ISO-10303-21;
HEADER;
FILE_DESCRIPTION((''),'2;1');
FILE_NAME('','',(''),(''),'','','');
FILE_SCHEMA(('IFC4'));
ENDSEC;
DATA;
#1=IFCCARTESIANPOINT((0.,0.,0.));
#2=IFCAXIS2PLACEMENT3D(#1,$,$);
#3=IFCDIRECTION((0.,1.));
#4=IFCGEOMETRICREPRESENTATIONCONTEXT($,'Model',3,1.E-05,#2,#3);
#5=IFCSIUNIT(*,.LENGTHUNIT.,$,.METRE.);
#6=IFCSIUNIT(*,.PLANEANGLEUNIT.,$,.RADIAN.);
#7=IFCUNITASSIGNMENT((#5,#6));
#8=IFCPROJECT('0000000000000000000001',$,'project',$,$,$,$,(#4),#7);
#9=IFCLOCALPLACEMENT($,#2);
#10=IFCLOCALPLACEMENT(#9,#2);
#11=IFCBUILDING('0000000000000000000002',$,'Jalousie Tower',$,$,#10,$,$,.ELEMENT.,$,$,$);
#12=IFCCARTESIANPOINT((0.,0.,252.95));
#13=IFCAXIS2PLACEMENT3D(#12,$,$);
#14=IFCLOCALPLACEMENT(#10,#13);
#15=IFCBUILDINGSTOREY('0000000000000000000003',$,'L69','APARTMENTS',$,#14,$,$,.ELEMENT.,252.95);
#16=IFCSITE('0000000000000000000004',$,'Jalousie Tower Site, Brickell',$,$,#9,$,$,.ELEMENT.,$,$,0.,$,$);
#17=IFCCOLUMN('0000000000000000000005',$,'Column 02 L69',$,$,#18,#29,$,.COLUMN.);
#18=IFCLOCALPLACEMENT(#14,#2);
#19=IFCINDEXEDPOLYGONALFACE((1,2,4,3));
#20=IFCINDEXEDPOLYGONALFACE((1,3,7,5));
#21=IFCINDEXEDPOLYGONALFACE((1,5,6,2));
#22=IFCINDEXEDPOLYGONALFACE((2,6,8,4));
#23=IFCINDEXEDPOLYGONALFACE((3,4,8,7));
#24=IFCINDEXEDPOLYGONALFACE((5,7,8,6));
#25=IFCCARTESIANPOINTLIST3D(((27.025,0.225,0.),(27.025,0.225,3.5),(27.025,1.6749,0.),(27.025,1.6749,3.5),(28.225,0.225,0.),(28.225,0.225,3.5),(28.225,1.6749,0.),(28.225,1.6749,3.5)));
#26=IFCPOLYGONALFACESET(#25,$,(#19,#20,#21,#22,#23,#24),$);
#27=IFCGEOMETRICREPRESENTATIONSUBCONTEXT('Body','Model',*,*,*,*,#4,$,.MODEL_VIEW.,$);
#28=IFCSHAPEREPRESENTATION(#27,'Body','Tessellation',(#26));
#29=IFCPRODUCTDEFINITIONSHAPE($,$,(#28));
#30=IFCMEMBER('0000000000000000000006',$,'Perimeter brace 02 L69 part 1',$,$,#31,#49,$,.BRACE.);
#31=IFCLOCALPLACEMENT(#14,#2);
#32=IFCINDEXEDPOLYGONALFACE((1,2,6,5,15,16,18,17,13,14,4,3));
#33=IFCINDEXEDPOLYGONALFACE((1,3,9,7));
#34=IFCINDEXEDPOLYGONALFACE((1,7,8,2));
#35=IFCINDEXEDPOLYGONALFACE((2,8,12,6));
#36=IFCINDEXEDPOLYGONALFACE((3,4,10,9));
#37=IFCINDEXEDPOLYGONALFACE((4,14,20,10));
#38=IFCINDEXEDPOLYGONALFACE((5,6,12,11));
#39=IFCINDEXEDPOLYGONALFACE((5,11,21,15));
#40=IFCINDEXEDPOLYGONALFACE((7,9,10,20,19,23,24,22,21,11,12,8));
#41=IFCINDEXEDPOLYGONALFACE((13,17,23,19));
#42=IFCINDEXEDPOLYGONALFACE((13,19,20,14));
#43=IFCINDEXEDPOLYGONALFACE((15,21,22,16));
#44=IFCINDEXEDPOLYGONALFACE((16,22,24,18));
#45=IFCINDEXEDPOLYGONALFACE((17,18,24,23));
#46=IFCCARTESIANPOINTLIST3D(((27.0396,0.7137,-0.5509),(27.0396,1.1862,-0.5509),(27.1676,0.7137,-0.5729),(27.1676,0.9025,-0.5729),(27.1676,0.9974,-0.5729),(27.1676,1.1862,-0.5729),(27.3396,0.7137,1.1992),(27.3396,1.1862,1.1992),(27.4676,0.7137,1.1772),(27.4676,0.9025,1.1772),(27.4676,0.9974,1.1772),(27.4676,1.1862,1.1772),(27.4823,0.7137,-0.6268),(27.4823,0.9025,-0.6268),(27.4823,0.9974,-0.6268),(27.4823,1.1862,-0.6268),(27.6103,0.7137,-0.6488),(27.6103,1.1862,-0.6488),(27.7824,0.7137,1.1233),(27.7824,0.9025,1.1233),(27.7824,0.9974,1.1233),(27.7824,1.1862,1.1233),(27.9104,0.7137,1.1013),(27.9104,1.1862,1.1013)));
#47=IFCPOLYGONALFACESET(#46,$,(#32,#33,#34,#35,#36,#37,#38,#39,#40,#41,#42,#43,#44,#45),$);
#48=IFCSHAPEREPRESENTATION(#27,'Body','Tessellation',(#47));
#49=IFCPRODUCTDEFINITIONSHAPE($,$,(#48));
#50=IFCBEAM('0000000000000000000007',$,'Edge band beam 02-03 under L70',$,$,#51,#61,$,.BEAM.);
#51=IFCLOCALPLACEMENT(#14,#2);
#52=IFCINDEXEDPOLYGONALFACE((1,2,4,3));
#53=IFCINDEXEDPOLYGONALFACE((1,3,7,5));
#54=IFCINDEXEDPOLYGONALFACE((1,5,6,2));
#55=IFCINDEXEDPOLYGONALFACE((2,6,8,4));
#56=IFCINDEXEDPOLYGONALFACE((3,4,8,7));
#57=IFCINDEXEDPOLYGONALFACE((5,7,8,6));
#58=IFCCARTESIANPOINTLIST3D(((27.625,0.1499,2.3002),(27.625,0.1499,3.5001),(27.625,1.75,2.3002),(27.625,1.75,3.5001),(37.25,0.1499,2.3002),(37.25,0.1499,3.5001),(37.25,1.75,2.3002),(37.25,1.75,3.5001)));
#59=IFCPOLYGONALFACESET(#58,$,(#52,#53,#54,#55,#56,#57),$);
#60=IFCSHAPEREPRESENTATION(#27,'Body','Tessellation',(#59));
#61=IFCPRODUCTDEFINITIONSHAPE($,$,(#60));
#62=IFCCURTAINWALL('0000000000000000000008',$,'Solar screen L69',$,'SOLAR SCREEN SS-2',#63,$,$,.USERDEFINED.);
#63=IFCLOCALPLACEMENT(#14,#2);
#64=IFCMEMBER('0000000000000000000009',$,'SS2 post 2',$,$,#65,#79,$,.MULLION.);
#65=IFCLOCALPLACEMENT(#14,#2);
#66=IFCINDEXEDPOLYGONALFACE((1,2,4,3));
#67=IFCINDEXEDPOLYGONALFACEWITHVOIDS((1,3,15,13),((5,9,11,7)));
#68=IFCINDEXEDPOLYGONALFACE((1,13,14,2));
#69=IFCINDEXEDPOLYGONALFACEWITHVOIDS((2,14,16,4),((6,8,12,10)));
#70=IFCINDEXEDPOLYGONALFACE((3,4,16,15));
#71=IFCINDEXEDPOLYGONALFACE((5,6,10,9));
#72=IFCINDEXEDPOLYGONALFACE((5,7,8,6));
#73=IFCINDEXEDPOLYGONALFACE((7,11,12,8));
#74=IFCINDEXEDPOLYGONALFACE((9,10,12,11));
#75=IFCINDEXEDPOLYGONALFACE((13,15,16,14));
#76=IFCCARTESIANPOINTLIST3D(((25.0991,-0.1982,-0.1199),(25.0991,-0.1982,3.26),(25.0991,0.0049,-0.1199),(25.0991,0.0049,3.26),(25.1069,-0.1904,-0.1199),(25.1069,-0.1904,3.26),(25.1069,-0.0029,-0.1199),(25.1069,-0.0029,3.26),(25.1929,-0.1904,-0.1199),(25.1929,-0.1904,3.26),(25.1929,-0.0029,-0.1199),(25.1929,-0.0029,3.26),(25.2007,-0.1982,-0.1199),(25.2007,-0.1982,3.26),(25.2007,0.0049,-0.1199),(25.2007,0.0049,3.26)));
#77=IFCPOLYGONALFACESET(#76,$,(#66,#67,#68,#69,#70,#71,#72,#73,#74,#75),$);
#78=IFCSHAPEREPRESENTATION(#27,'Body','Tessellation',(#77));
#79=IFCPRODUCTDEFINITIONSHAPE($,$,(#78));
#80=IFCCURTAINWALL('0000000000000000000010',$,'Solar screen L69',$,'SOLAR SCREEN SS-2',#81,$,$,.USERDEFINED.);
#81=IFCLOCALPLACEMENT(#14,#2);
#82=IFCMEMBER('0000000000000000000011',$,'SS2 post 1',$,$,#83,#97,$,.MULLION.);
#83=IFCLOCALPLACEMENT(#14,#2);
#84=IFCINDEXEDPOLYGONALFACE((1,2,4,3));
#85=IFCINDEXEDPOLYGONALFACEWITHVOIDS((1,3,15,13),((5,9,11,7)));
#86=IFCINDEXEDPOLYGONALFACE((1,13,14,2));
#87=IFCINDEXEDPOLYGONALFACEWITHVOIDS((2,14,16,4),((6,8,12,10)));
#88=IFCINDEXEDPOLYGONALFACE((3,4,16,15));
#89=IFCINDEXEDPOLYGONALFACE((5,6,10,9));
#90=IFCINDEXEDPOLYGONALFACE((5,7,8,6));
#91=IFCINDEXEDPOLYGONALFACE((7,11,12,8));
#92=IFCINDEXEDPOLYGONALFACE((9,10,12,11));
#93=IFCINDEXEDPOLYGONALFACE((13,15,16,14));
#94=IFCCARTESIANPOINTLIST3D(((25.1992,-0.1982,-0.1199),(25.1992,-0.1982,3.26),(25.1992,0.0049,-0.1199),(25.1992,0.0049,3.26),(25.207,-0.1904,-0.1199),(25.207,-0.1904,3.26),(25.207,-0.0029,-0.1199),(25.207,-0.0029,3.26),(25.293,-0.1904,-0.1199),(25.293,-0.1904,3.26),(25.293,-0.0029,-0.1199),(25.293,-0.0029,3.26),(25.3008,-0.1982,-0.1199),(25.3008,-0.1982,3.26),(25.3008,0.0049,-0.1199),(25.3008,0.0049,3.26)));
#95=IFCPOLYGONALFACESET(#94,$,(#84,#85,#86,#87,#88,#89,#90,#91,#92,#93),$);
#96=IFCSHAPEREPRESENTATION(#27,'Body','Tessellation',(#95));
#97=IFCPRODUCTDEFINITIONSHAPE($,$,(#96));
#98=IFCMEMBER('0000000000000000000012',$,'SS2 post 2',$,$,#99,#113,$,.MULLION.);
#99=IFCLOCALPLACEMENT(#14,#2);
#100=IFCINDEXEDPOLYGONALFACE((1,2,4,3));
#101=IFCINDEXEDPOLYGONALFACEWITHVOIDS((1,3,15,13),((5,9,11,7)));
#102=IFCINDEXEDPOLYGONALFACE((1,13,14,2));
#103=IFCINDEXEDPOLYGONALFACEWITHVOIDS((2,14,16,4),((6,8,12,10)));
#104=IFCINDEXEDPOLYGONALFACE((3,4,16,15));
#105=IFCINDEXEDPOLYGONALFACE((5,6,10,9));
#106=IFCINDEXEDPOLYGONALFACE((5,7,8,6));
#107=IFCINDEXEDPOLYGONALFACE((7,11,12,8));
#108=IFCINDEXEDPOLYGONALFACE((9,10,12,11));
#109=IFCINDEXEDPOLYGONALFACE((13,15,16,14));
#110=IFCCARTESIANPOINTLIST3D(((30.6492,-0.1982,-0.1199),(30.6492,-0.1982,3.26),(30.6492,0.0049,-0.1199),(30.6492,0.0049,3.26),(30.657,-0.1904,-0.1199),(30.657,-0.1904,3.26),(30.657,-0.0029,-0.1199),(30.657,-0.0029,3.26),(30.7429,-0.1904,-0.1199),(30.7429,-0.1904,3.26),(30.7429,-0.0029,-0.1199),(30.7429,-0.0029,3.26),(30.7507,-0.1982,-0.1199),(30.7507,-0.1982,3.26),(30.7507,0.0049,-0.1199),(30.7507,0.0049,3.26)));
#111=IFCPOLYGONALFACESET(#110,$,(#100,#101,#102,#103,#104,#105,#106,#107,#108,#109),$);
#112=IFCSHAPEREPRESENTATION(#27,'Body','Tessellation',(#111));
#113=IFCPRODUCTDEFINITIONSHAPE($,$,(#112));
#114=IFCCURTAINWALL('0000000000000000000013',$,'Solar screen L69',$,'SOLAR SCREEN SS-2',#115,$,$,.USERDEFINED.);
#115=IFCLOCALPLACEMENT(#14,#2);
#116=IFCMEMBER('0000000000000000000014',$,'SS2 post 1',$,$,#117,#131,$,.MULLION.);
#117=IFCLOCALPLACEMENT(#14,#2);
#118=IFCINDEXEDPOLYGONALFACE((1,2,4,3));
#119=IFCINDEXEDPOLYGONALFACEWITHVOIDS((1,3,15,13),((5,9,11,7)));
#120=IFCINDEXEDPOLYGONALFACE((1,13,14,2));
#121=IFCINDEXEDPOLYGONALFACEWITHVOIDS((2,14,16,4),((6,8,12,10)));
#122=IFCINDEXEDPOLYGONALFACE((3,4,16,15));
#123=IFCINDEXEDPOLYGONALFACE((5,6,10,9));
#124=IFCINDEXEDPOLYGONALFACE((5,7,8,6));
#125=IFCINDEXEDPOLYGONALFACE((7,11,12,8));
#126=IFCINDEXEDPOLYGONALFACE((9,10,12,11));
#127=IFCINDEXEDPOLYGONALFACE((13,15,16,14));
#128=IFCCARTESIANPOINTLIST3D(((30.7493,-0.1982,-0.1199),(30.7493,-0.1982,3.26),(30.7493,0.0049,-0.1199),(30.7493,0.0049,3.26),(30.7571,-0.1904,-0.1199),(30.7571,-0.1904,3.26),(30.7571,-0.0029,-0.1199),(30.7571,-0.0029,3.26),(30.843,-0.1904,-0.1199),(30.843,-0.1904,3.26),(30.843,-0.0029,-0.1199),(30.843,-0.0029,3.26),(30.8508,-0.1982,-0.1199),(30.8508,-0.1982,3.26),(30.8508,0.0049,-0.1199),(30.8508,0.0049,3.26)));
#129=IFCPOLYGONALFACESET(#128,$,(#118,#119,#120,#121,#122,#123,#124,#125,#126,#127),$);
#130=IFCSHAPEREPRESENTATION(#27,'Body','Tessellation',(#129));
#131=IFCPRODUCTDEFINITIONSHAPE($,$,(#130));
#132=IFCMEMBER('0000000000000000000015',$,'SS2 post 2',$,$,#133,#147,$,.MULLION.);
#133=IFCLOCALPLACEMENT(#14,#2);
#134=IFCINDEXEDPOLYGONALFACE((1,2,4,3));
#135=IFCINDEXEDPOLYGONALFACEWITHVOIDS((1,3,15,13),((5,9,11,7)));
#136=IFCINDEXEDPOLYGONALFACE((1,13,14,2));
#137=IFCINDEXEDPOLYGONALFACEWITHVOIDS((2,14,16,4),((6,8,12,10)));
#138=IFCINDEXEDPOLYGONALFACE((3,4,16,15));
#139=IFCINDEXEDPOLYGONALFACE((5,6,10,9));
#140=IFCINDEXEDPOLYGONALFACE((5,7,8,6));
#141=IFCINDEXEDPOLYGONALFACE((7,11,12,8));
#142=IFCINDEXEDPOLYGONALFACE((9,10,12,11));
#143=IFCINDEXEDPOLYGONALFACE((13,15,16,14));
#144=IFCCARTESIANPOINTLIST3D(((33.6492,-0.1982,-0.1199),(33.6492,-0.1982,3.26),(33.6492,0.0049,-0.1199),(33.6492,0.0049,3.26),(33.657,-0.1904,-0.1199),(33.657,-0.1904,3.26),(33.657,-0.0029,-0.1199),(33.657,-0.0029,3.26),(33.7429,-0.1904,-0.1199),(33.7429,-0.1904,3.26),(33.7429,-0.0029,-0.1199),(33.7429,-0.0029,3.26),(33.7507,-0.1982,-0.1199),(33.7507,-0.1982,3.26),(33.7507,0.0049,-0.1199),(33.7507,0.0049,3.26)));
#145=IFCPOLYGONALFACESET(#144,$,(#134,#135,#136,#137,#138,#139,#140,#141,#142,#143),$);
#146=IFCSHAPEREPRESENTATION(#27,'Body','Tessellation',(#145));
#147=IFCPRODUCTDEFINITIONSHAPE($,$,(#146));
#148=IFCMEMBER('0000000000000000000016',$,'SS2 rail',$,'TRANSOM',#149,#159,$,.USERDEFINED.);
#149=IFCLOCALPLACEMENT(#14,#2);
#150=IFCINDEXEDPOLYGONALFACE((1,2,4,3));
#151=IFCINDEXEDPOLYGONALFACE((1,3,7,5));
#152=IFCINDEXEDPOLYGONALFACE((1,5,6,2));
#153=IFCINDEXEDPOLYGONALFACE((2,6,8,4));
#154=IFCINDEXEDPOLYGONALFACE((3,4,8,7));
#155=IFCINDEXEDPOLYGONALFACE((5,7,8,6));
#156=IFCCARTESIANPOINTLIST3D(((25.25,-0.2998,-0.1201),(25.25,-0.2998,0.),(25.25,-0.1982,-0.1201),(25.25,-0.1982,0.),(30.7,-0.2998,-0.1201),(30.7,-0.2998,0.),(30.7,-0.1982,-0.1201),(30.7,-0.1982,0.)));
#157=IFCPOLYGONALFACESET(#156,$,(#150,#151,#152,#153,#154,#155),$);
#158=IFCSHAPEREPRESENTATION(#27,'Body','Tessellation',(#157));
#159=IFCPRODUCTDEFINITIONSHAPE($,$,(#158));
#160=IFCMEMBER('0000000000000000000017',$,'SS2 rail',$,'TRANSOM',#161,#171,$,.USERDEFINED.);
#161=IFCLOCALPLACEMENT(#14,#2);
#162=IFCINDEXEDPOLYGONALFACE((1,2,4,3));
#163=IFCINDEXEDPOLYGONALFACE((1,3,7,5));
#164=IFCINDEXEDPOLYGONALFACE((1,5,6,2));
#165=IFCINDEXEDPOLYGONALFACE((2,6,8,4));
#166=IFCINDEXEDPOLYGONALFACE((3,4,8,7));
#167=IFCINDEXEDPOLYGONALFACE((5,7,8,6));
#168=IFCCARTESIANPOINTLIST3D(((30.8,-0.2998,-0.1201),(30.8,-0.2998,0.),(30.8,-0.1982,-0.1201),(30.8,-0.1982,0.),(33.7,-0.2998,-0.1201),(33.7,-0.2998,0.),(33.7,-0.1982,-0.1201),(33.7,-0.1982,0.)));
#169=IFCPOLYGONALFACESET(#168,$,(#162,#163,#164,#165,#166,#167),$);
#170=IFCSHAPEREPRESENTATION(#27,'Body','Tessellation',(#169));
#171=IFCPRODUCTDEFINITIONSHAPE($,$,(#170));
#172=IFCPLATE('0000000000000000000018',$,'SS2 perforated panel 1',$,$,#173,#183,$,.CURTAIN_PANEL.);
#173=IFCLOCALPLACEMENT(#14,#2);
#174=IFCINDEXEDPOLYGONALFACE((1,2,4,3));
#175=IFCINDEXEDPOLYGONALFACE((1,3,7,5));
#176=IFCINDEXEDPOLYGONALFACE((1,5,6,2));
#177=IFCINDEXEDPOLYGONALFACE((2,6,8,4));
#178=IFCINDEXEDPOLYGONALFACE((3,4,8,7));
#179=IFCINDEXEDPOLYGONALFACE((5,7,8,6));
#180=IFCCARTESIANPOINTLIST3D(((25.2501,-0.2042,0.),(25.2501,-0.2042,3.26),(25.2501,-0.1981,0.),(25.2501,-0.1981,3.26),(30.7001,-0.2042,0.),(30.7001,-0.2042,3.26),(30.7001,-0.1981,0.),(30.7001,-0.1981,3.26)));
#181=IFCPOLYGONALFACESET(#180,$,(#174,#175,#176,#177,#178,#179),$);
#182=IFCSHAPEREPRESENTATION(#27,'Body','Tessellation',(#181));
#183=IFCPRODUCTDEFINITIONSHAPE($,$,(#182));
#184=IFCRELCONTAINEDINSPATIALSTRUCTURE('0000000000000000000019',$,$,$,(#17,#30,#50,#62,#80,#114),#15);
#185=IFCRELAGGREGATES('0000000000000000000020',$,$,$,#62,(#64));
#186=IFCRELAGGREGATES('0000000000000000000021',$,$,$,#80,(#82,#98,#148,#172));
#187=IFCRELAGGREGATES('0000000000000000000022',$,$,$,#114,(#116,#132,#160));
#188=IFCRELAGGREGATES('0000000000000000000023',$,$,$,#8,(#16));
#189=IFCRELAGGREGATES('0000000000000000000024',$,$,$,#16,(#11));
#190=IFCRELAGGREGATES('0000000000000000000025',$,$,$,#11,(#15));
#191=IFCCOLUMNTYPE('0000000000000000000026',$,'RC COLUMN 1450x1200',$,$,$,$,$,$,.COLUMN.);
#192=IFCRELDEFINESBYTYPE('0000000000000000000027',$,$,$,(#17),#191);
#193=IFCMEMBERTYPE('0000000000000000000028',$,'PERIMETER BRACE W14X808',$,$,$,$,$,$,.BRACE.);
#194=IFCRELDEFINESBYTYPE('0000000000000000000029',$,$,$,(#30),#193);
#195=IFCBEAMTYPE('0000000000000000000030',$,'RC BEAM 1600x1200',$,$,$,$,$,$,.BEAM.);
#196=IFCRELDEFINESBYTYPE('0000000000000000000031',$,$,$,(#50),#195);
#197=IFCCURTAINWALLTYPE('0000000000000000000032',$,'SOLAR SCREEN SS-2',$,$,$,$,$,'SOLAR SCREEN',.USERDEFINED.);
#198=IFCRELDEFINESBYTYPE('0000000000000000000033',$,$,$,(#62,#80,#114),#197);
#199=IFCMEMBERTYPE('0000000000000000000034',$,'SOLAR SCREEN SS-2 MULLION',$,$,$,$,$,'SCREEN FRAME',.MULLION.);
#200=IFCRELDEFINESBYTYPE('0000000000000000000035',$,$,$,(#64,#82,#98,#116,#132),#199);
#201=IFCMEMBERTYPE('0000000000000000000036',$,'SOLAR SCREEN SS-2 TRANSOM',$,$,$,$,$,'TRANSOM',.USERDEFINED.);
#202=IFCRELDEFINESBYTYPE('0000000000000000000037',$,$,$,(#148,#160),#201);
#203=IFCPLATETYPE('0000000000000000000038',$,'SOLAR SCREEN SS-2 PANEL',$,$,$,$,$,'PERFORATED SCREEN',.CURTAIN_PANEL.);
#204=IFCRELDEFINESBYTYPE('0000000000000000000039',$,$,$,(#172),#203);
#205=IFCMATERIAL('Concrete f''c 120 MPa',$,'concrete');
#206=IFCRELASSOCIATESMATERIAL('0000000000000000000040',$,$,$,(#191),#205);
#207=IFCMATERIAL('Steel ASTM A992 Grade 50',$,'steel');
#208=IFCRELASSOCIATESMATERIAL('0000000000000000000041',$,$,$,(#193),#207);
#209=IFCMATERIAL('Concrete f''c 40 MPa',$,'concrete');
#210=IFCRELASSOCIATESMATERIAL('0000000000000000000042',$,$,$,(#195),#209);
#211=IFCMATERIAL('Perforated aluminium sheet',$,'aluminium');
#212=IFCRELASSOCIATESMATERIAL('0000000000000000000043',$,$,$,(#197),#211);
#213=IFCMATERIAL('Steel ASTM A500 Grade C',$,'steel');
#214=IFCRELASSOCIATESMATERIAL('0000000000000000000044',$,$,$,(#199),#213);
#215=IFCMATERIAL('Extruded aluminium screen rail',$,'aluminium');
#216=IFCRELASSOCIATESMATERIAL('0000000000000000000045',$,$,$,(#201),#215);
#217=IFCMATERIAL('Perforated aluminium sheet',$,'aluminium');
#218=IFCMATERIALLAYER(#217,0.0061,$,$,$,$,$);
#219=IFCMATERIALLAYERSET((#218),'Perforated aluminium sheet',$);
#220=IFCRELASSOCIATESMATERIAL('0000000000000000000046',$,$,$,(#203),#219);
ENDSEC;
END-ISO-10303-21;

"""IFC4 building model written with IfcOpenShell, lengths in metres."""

from ifc_helpers import new_model, si_unit, direction, frame, origin, origin_2d, place, context, subcontext, project, spatial, rectangle, hollow_rectangle, i_section, extrude, material, layer, layer_set, material_profile, profile_set, type_object, element, aggregate, save


model = new_model("IFC4")

# Units and contexts
model_context = context("Model", 3, precision=1e-05, world=origin(), true_north=direction((0.0, 1.0)))
body_context = subcontext(model_context, "Body", "Model", "MODEL_VIEW")
ifc_project = project(units=[si_unit("LENGTHUNIT", "METRE"), si_unit("PLANEANGLEUNIT", "RADIAN")], contexts=[model_context])

# Site, building, storey
site_placement = place(None, origin())
site = spatial("IfcSite", under=ifc_project, at=site_placement, Name="Jalousie Tower Site, Brickell", CompositionType="ELEMENT", RefElevation=0.0)
building_placement = place(site_placement, origin())
building = spatial("IfcBuilding", under=site, at=building_placement, Name="Jalousie Tower", CompositionType="ELEMENT")
storey_placement = place(building_placement, frame((0.0, 0.0, 252.95)))
storey = spatial("IfcBuildingStorey", under=building, at=storey_placement, Name="L69", Description="APARTMENTS", CompositionType="ELEMENT", Elevation=252.95)

# Column
ifc_material_1 = material(Name="Concrete f'c 120 MPa", Category="concrete")
ifc_material_profile_1 = material_profile(ifc_material_1, rectangle(XDim=1.45, YDim=1.2, at=origin_2d()), Name="RC 1450x1200")
ifc_profile_set_1 = profile_set([ifc_material_profile_1], Name="Concrete f'c 120 MPa")
column_type = type_object("IfcColumnType", Name="RC COLUMN 1450x1200", PredefinedType="COLUMN", material=ifc_profile_set_1)
column_placement = place(storey_placement, frame((27.625, 0.95, 0.0), z_axis=(0.0, 0.0, 1.0), x_axis=(0.0, 1.0, 0.0)))
element("IfcColumn", 1, at=column_placement, inside=storey, type_object=column_type, Name="Column 02 L69", PredefinedType="COLUMN", context=body_context, shape_type="SweptSolid", body=[
    extrude(rectangle(XDim=1.45, YDim=1.2, at=origin_2d()), origin(), (0.0, 0.0, 1.0), 3.5),
])

# Member
ifc_material_2 = material(Name="Steel ASTM A992 Grade 50", Category="steel")
ifc_material_profile_2 = material_profile(ifc_material_2, i_section(OverallWidth=0.4724, OverallDepth=0.5791, WebThickness=0.095, FlangeThickness=0.1299, at=origin_2d()), Name="W14X808")
ifc_profile_set_2 = profile_set([ifc_material_profile_2], Name="Steel ASTM A992 Grade 50")
member_type_1 = type_object("IfcMemberType", Name="PERIMETER BRACE W14X808", PredefinedType="BRACE", material=ifc_profile_set_2)
member_1_placement = place(storey_placement, frame((27.325, 0.95, -0.5999), z_axis=(0.168991, 0.0, 0.985618), x_axis=(0.0, 1.0, 0.0)))
element("IfcMember", 2, at=member_1_placement, inside=storey, type_object=member_type_1, Name="Perimeter brace 02 L69 part 1", PredefinedType="BRACE", context=body_context, shape_type="SweptSolid", body=[
    extrude(i_section(OverallWidth=0.4724, OverallDepth=0.5791, WebThickness=0.095, FlangeThickness=0.1299, at=origin_2d()), origin(), (0.0, 0.0, 1.0), 1.7756),
])

# Beam
ifc_material_3 = material(Name="Concrete f'c 40 MPa", Category="concrete")
ifc_material_profile_3 = material_profile(ifc_material_3, rectangle(XDim=1.6001, YDim=1.2, at=origin_2d()), Name="RC 1600x1200")
ifc_profile_set_3 = profile_set([ifc_material_profile_3], Name="Concrete f'c 40 MPa")
beam_type = type_object("IfcBeamType", Name="RC BEAM 1600x1200", PredefinedType="BEAM", material=ifc_profile_set_3)
beam_placement = place(storey_placement, frame((27.625, 0.95, 2.9001), z_axis=(1.0, 0.0, 0.0), x_axis=(0.0, 1.0, 0.0)))
element("IfcBeam", 3, at=beam_placement, inside=storey, type_object=beam_type, Name="Edge band beam 02-03 under L70", PredefinedType="BEAM", context=body_context, shape_type="SweptSolid", body=[
    extrude(rectangle(XDim=1.6001, YDim=1.2, at=origin_2d()), origin(), (0.0, 0.0, 1.0), 9.625),
])

# Curtain wall, member
ifc_material_4 = material(Name="Perforated aluminium sheet", Category="aluminium")
curtain_wall_type = type_object("IfcCurtainWallType", Name="SOLAR SCREEN SS-2", ElementType="SOLAR SCREEN", PredefinedType="USERDEFINED", material=ifc_material_4)
curtain_wall_1_placement = place(storey_placement, origin())
curtain_wall_1 = element("IfcCurtainWall", 4, at=curtain_wall_1_placement, inside=storey, type_object=curtain_wall_type, Name="Solar screen L69", ObjectType="SOLAR SCREEN SS-2", PredefinedType="USERDEFINED")
ifc_material_5 = material(Name="Steel ASTM A500 Grade C", Category="steel")
ifc_material_profile_4 = material_profile(ifc_material_5, hollow_rectangle(XDim=0.1016, YDim=0.2031, WallThickness=0.0078, at=origin_2d()), Name="HSS8X4X5/16")
ifc_profile_set_4 = profile_set([ifc_material_profile_4], Name="Steel ASTM A500 Grade C")
member_type_2 = type_object("IfcMemberType", Name="SOLAR SCREEN SS-2 MULLION", ElementType="SCREEN FRAME", PredefinedType="MULLION", material=ifc_profile_set_4)
member_2_placement = place(storey_placement, frame((25.1499, -0.0967, -0.1199), z_axis=(0.0, 0.0, 1.0), x_axis=(1.0, 0.0, 0.0)))
member_2 = element("IfcMember", 5, at=member_2_placement, type_object=member_type_2, Name="SS2 post 2", PredefinedType="MULLION", context=body_context, shape_type="SweptSolid", body=[
    extrude(hollow_rectangle(XDim=0.1016, YDim=0.2031, WallThickness=0.0078, at=origin_2d()), origin(), (0.0, 0.0, 1.0), 3.3799),
])
aggregate(curtain_wall_1, [member_2])

# Curtain walls, members
curtain_wall_2_placement = place(storey_placement, origin())
curtain_wall_2 = element("IfcCurtainWall", 6, at=curtain_wall_2_placement, inside=storey, type_object=curtain_wall_type, Name="Solar screen L69", ObjectType="SOLAR SCREEN SS-2", PredefinedType="USERDEFINED")
member_3_placement = place(storey_placement, frame((25.25, -0.0967, -0.1199), z_axis=(0.0, 0.0, 1.0), x_axis=(1.0, 0.0, 0.0)))
member_3 = element("IfcMember", 7, at=member_3_placement, type_object=member_type_2, Name="SS2 post 1", PredefinedType="MULLION", context=body_context, shape_type="SweptSolid", body=[
    extrude(hollow_rectangle(XDim=0.1016, YDim=0.2031, WallThickness=0.0078, at=origin_2d()), origin(), (0.0, 0.0, 1.0), 3.3799),
])
member_4_placement = place(storey_placement, frame((30.7, -0.0967, -0.1199), z_axis=(0.0, 0.0, 1.0), x_axis=(1.0, 0.0, 0.0)))
member_4 = element("IfcMember", 8, at=member_4_placement, type_object=member_type_2, Name="SS2 post 2", PredefinedType="MULLION", context=body_context, shape_type="SweptSolid", body=[
    extrude(hollow_rectangle(XDim=0.1016, YDim=0.2031, WallThickness=0.0078, at=origin_2d()), origin(), (0.0, 0.0, 1.0), 3.3799),
])
curtain_wall_3_placement = place(storey_placement, origin())
curtain_wall_3 = element("IfcCurtainWall", 9, at=curtain_wall_3_placement, inside=storey, type_object=curtain_wall_type, Name="Solar screen L69", ObjectType="SOLAR SCREEN SS-2", PredefinedType="USERDEFINED")
member_5_placement = place(storey_placement, frame((30.8, -0.0967, -0.1199), z_axis=(0.0, 0.0, 1.0), x_axis=(1.0, 0.0, 0.0)))
member_5 = element("IfcMember", 10, at=member_5_placement, type_object=member_type_2, Name="SS2 post 1", PredefinedType="MULLION", context=body_context, shape_type="SweptSolid", body=[
    extrude(hollow_rectangle(XDim=0.1016, YDim=0.2031, WallThickness=0.0078, at=origin_2d()), origin(), (0.0, 0.0, 1.0), 3.3799),
])
member_6_placement = place(storey_placement, frame((33.7, -0.0967, -0.1199), z_axis=(0.0, 0.0, 1.0), x_axis=(1.0, 0.0, 0.0)))
member_6 = element("IfcMember", 11, at=member_6_placement, type_object=member_type_2, Name="SS2 post 2", PredefinedType="MULLION", context=body_context, shape_type="SweptSolid", body=[
    extrude(hollow_rectangle(XDim=0.1016, YDim=0.2031, WallThickness=0.0078, at=origin_2d()), origin(), (0.0, 0.0, 1.0), 3.3799),
])

# Members
ifc_material_6 = material(Name="Extruded aluminium screen rail", Category="aluminium")
ifc_material_profile_5 = material_profile(ifc_material_6, rectangle(XDim=0.1016, YDim=0.1201, at=origin_2d()), Name="RAIL 102x120")
ifc_profile_set_5 = profile_set([ifc_material_profile_5], Name="Extruded aluminium screen rail")
member_type_3 = type_object("IfcMemberType", Name="SOLAR SCREEN SS-2 TRANSOM", ElementType="TRANSOM", PredefinedType="USERDEFINED", material=ifc_profile_set_5)
member_7_placement = place(storey_placement, frame((25.25, -0.249, -0.0601), z_axis=(1.0, 0.0, 0.0), x_axis=(0.0, 1.0, 0.0)))
member_7 = element("IfcMember", 12, at=member_7_placement, type_object=member_type_3, Name="SS2 rail", ObjectType="TRANSOM", PredefinedType="USERDEFINED", context=body_context, shape_type="SweptSolid", body=[
    extrude(rectangle(XDim=0.1016, YDim=0.1201, at=origin_2d()), origin(), (0.0, 0.0, 1.0), 5.45),
])
member_8_placement = place(storey_placement, frame((30.8, -0.249, -0.0601), z_axis=(1.0, 0.0, 0.0), x_axis=(0.0, 1.0, 0.0)))
member_8 = element("IfcMember", 13, at=member_8_placement, type_object=member_type_3, Name="SS2 rail", ObjectType="TRANSOM", PredefinedType="USERDEFINED", context=body_context, shape_type="SweptSolid", body=[
    extrude(rectangle(XDim=0.1016, YDim=0.1201, at=origin_2d()), origin(), (0.0, 0.0, 1.0), 2.8999),
])

# Plate
ifc_material_7 = material(Name="Perforated aluminium sheet", Category="aluminium")
ifc_layer_1 = layer(ifc_material_7, 0.0061)
ifc_layer_set_1 = layer_set([ifc_layer_1], Name="Perforated aluminium sheet")
plate_type = type_object("IfcPlateType", Name="SOLAR SCREEN SS-2 PANEL", ElementType="PERFORATED SCREEN", PredefinedType="CURTAIN_PANEL", material=ifc_layer_set_1)
plate_1_placement = place(storey_placement, frame((27.9751, -0.2012, 0.0), z_axis=(0.0, 0.0, 1.0), x_axis=(1.0, 0.0, 0.0)))
plate_1 = element("IfcPlate", 14, at=plate_1_placement, type_object=plate_type, Name="SS2 perforated panel 1", PredefinedType="CURTAIN_PANEL", context=body_context, shape_type="SweptSolid", body=[
    extrude(rectangle(XDim=5.45, YDim=0.0061, at=origin_2d()), origin(), (0.0, 0.0, 1.0), 3.26),
])
aggregate(curtain_wall_2, [member_3, member_4, member_7, plate_1])
aggregate(curtain_wall_3, [member_5, member_6, member_8])

save(model, "model.ifc")
